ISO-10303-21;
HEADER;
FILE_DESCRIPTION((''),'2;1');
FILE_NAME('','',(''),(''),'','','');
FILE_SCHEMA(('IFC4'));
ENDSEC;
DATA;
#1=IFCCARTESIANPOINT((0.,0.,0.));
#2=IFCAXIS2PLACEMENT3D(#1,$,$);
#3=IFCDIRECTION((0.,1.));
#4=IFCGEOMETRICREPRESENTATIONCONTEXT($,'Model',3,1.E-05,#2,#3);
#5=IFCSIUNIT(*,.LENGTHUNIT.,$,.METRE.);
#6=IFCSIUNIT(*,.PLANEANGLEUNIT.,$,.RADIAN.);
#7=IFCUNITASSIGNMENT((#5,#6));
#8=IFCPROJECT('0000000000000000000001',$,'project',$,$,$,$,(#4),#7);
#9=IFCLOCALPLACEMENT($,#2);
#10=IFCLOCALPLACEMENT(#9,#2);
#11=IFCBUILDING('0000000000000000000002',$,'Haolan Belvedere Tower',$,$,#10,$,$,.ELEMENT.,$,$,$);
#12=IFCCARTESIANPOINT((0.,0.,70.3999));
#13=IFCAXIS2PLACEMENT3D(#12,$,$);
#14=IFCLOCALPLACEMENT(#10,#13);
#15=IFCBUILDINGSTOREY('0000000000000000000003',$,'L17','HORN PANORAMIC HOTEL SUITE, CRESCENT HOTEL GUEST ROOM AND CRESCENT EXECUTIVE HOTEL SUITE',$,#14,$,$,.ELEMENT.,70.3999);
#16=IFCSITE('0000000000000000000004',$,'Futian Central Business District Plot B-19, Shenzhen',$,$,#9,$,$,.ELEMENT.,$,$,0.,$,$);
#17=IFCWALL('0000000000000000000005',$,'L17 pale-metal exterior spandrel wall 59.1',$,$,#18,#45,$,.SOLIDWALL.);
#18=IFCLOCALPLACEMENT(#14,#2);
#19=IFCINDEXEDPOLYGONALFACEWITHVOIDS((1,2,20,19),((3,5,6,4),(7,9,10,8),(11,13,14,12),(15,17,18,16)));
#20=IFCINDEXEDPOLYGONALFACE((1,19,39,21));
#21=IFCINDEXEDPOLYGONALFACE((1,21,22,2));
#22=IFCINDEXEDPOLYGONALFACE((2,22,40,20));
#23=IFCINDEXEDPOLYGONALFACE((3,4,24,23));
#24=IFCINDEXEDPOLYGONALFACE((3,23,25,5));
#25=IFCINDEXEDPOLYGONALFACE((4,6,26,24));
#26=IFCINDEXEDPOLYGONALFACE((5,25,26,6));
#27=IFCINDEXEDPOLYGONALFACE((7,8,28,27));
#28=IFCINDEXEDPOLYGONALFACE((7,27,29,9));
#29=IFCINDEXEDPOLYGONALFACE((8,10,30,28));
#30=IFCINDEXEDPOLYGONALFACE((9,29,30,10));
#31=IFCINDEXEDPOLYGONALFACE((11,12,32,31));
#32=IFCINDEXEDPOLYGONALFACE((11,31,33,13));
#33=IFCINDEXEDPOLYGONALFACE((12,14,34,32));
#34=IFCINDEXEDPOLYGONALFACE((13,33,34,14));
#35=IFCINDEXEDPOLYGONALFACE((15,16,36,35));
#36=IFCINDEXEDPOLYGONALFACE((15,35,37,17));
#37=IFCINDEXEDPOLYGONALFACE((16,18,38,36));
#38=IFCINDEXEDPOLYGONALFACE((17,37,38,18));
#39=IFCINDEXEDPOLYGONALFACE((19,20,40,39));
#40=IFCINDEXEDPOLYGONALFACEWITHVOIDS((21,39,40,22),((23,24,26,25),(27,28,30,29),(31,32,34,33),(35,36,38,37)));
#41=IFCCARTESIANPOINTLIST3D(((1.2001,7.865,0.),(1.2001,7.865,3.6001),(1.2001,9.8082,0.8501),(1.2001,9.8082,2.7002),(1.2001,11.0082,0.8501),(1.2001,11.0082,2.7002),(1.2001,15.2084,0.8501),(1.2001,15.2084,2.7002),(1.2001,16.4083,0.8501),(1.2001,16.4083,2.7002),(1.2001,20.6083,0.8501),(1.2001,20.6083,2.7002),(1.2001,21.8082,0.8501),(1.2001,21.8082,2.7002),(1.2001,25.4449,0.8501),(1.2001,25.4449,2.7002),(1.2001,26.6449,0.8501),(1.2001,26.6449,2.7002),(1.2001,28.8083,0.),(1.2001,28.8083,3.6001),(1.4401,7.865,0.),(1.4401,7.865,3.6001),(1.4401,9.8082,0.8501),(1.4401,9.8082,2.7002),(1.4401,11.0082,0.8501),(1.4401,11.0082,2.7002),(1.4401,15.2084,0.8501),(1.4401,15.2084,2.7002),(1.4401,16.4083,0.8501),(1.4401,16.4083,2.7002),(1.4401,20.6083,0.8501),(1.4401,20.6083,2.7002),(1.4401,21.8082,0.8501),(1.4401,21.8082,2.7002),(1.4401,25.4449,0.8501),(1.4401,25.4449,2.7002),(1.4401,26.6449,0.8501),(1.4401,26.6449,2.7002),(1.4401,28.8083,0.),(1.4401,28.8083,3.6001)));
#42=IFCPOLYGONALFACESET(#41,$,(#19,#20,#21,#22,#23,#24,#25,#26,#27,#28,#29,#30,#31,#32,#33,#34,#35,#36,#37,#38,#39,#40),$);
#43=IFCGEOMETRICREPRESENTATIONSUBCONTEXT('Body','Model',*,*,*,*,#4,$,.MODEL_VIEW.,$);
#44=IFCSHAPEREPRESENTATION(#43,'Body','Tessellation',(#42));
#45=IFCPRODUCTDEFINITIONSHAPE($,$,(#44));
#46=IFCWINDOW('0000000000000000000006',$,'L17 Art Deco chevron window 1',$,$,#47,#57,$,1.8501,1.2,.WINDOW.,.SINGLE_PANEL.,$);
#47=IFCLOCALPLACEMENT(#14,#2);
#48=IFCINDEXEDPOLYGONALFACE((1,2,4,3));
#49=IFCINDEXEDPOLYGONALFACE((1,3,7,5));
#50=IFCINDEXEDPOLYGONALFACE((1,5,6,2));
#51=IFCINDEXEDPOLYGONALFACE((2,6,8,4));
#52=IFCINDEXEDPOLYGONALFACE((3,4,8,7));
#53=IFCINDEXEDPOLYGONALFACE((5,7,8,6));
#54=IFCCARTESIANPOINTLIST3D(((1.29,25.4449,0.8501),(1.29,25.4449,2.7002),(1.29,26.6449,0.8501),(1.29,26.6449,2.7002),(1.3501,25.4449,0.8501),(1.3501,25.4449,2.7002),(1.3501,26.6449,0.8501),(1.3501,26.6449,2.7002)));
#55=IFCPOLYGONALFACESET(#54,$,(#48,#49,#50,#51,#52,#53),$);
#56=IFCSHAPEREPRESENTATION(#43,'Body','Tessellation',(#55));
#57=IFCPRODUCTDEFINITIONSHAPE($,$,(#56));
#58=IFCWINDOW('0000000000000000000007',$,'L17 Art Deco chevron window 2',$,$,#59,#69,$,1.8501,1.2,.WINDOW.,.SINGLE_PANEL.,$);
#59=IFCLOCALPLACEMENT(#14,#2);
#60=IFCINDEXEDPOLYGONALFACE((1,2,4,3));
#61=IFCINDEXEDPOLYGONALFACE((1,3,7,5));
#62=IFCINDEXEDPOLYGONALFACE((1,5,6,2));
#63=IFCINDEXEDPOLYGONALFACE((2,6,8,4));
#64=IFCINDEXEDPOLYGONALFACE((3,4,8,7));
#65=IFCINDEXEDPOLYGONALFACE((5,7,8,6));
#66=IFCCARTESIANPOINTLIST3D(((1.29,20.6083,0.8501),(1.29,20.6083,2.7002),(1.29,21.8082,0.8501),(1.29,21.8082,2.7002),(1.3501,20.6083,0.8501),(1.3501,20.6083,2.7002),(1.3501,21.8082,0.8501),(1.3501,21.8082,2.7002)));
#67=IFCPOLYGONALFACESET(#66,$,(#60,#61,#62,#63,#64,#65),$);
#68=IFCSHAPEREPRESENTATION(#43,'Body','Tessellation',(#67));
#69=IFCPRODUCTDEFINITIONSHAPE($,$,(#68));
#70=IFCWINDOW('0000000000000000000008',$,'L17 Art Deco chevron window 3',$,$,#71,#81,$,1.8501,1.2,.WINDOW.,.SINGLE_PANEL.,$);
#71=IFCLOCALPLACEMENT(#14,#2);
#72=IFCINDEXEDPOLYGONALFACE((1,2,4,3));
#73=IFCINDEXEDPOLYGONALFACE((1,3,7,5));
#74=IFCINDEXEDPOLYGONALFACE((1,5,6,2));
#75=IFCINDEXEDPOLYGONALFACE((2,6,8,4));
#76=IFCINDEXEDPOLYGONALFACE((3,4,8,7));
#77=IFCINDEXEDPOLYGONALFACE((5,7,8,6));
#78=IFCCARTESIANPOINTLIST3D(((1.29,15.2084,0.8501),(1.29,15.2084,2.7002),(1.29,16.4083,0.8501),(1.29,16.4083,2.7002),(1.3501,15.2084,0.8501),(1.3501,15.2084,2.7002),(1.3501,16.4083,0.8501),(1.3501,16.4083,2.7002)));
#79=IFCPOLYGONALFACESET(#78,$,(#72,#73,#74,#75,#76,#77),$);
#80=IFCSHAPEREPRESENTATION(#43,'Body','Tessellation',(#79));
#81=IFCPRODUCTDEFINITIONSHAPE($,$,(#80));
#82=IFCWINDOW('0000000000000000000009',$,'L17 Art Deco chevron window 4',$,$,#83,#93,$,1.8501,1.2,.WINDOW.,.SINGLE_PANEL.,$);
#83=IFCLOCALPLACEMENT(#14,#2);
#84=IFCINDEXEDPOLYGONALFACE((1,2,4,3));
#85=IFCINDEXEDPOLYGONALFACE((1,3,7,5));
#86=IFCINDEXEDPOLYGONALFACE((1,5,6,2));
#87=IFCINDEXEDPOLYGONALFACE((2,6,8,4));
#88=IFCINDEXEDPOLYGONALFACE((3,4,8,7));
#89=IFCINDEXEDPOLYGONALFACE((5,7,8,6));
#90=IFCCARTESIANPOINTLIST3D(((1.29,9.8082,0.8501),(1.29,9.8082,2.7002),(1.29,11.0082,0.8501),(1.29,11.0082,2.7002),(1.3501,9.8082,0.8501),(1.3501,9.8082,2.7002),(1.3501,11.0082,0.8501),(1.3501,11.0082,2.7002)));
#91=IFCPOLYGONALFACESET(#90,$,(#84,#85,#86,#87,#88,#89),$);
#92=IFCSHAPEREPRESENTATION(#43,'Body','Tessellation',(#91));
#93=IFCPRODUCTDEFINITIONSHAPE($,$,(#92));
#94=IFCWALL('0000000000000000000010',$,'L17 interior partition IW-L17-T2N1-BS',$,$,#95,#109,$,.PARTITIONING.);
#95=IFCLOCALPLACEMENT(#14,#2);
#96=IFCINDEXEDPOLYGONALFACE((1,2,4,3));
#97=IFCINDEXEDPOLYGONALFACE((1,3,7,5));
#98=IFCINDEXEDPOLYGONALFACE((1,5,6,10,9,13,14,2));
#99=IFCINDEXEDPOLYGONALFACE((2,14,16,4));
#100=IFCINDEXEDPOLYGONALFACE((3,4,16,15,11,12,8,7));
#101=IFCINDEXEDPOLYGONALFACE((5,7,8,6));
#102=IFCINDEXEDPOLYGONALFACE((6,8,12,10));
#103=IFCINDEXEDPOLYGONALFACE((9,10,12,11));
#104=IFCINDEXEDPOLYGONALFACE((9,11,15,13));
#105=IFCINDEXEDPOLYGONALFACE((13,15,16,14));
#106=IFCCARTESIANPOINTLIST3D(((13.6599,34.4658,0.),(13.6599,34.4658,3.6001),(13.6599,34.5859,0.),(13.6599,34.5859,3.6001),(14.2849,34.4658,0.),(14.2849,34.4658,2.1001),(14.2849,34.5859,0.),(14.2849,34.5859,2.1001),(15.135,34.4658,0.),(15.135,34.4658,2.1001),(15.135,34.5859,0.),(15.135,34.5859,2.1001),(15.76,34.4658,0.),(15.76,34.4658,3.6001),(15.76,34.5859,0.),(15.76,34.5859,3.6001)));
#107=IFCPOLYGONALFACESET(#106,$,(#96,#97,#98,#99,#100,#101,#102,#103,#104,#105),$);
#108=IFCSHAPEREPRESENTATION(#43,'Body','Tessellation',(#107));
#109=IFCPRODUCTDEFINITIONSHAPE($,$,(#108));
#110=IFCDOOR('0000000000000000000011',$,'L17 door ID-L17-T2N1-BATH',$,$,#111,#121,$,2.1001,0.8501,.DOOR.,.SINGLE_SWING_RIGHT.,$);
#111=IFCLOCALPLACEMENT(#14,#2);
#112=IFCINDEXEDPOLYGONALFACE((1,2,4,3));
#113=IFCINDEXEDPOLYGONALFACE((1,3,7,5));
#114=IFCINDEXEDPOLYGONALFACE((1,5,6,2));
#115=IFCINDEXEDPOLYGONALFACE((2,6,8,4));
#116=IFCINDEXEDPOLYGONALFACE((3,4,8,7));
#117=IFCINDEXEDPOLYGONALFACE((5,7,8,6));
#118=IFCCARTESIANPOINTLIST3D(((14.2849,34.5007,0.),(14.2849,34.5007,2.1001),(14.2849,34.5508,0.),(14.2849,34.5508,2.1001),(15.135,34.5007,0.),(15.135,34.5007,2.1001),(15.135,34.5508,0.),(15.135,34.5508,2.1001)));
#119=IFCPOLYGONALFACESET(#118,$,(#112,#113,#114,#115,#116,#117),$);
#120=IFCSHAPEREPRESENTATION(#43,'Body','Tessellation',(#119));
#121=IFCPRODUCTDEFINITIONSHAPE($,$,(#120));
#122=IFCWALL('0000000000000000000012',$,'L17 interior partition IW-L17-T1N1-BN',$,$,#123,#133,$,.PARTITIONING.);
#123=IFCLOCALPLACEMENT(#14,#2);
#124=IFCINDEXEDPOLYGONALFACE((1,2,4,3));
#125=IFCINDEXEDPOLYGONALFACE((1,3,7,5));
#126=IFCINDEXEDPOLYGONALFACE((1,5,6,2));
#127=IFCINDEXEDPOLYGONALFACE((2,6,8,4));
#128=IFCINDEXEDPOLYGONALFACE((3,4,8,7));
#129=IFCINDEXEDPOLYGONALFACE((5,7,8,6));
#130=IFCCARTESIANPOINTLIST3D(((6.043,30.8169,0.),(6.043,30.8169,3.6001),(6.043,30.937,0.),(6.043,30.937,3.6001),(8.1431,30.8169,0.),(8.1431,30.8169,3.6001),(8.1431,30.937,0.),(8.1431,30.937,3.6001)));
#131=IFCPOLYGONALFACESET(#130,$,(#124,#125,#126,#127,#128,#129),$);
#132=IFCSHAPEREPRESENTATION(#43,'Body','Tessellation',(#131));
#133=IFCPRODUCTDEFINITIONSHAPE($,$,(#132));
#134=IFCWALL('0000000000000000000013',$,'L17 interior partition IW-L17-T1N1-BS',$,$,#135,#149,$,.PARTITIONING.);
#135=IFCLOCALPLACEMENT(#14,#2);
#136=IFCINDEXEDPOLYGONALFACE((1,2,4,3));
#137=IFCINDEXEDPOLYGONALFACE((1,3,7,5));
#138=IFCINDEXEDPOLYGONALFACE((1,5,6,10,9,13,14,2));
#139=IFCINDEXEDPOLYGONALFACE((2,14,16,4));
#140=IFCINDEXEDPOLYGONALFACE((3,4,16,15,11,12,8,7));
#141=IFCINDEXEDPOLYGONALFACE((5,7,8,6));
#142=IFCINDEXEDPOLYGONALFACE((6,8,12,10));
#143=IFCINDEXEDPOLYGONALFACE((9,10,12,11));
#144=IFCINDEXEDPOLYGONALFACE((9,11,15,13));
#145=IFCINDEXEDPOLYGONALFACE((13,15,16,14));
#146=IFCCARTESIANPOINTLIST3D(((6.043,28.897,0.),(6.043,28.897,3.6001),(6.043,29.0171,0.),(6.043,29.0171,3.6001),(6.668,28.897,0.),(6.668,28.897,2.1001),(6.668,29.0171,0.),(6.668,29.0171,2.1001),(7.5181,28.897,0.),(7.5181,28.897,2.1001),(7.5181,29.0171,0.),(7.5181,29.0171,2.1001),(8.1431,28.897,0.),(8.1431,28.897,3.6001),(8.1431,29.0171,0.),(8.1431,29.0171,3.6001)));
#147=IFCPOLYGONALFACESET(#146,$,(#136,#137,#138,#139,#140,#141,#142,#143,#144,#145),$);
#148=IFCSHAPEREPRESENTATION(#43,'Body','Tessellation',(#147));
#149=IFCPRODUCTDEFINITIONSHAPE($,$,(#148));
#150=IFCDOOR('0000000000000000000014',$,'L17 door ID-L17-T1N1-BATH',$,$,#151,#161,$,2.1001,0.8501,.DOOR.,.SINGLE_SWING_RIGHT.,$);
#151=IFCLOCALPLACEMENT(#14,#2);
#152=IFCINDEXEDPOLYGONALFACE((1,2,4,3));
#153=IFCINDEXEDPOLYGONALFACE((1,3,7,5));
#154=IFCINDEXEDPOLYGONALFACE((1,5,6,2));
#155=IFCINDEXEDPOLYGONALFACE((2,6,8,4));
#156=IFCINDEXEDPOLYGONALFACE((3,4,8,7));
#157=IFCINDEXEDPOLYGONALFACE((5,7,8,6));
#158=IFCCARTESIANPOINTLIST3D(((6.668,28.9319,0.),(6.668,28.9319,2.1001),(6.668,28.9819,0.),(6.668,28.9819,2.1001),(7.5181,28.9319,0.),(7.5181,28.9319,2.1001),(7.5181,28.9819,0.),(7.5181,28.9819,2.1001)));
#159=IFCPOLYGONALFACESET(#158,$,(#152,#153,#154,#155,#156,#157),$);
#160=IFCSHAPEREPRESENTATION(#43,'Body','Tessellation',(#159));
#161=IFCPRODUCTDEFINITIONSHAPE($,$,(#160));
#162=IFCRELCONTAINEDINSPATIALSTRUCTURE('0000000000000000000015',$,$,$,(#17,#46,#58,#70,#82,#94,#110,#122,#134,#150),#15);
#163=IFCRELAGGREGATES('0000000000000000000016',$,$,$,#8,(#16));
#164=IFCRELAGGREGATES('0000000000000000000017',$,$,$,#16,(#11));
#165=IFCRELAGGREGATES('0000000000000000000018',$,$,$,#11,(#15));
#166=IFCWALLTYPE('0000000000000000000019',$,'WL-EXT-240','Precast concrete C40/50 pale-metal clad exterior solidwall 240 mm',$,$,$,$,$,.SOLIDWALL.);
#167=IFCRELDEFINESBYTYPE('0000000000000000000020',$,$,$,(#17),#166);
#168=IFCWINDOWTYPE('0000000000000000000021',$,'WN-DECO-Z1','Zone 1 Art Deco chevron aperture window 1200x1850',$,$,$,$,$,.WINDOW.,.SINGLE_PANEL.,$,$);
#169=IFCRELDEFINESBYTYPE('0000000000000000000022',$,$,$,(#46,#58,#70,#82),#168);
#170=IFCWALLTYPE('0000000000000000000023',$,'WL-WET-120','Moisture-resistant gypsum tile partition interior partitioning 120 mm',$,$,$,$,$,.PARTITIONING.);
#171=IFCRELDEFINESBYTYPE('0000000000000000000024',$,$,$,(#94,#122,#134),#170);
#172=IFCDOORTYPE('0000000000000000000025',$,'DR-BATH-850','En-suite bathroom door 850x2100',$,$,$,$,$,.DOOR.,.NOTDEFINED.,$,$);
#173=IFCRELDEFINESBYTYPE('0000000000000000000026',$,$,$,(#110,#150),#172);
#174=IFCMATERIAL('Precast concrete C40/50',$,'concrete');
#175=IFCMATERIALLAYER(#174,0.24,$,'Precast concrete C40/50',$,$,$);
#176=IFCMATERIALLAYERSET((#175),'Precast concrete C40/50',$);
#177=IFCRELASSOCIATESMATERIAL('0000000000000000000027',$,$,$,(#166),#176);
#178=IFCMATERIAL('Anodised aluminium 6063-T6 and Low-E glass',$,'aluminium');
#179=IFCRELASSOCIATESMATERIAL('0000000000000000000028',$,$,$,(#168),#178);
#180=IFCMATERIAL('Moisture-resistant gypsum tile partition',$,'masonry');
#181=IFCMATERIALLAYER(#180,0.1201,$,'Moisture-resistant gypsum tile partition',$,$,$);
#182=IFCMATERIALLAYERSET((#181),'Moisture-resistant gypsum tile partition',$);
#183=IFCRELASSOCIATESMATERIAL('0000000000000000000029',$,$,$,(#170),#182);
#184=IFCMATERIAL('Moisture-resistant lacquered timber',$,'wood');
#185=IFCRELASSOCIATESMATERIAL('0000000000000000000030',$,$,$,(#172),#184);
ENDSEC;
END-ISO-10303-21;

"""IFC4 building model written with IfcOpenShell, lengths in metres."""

from ifc_helpers import new_model, si_unit, direction, frame, frame_2d, origin, place, context, subcontext, project, spatial, rectangle, extrude, material, layer, layer_set, type_object, element, fill, save


model = new_model("IFC4")

# Units and contexts
model_context = context("Model", 3, precision=1e-05, world=origin(), true_north=direction((0.0, 1.0)))
body_context = subcontext(model_context, "Body", "Model", "MODEL_VIEW")
ifc_project = project(units=[si_unit("LENGTHUNIT", "METRE"), si_unit("PLANEANGLEUNIT", "RADIAN")], contexts=[model_context])

# Site, building, storey
site_placement = place(None, origin())
site = spatial("IfcSite", under=ifc_project, at=site_placement, Name="Futian Central Business District Plot B-19, Shenzhen", CompositionType="ELEMENT", RefElevation=0.0)
building_placement = place(site_placement, origin())
building = spatial("IfcBuilding", under=site, at=building_placement, Name="Haolan Belvedere Tower", CompositionType="ELEMENT")
storey_placement = place(building_placement, frame((0.0, 0.0, 70.3999)))
storey = spatial("IfcBuildingStorey", under=building, at=storey_placement, Name="L17", Description="HORN PANORAMIC HOTEL SUITE, CRESCENT HOTEL GUEST ROOM AND CRESCENT EXECUTIVE HOTEL SUITE", CompositionType="ELEMENT", Elevation=70.3999)

# Shared definitions
ifc_material_1 = material(Name="Precast concrete C40/50", Category="concrete")
ifc_layer_1 = layer(ifc_material_1, 0.24, Name="Precast concrete C40/50")
ifc_layer_set_1 = layer_set([ifc_layer_1], Name="Precast concrete C40/50")
wall_type_1 = type_object("IfcWallType", Name="WL-EXT-240", Description="Precast concrete C40/50 pale-metal clad exterior solidwall 240 mm", PredefinedType="SOLIDWALL", material=ifc_layer_set_1)

# Shared definitions
ifc_material_2 = material(Name="Anodised aluminium 6063-T6 and Low-E glass", Category="aluminium")
window_type = type_object("IfcWindowType", Name="WN-DECO-Z1", Description="Zone 1 Art Deco chevron aperture window 1200x1850", PartitioningType="SINGLE_PANEL", PredefinedType="WINDOW", material=ifc_material_2)

# Wall, openings, windows
wall_1_placement = place(storey_placement, frame((1.3201, 28.8083, 0.0), z_axis=(0.0, 0.0, 1.0), x_axis=(0.0, -1.0, 0.0)))
wall_1 = element("IfcWall", 1, at=wall_1_placement, inside=storey, type_object=wall_type_1, Name="L17 pale-metal exterior spandrel wall 59.1", PredefinedType="SOLIDWALL", context=body_context, shape_type="SweptSolid", body=[
    extrude(rectangle(XDim=20.9434, YDim=0.24, at=frame_2d((10.4717, 0.0))), origin(), (0.0, 0.0, 1.0), 3.6001),
])
opening_1_placement = place(wall_1_placement, frame((2.1633, 0.0, 0.8501)))
opening_1 = element("IfcOpeningElement", 2, at=opening_1_placement, cuts=wall_1, PredefinedType="OPENING", context=body_context, shape_type="SweptSolid", body=[
    extrude(rectangle(XDim=1.2, YDim=1.8501, at=frame_2d((0.6001, 0.925))), frame((0.0, 0.1299, 0.0), z_axis=(0.0, -1.0, 0.0), x_axis=(1.0, 0.0, 0.0)), (0.0, 0.0, 1.0), 0.26),
])
opening_2_placement = place(wall_1_placement, frame((7.0, 0.0, 0.8501)))
opening_2 = element("IfcOpeningElement", 3, at=opening_2_placement, cuts=wall_1, PredefinedType="OPENING", context=body_context, shape_type="SweptSolid", body=[
    extrude(rectangle(XDim=1.2, YDim=1.8501, at=frame_2d((0.6001, 0.925))), frame((0.0, 0.1299, 0.0), z_axis=(0.0, -1.0, 0.0), x_axis=(1.0, 0.0, 0.0)), (0.0, 0.0, 1.0), 0.26),
])
opening_3_placement = place(wall_1_placement, frame((12.3999, 0.0, 0.8501)))
opening_3 = element("IfcOpeningElement", 4, at=opening_3_placement, cuts=wall_1, PredefinedType="OPENING", context=body_context, shape_type="SweptSolid", body=[
    extrude(rectangle(XDim=1.2, YDim=1.8501, at=frame_2d((0.6001, 0.925))), frame((0.0, 0.1299, 0.0), z_axis=(0.0, -1.0, 0.0), x_axis=(1.0, 0.0, 0.0)), (0.0, 0.0, 1.0), 0.26),
])
opening_4_placement = place(wall_1_placement, frame((17.8, 0.0, 0.8501)))
opening_4 = element("IfcOpeningElement", 5, at=opening_4_placement, cuts=wall_1, PredefinedType="OPENING", context=body_context, shape_type="SweptSolid", body=[
    extrude(rectangle(XDim=1.2, YDim=1.8501, at=frame_2d((0.6001, 0.925))), frame((0.0, 0.1299, 0.0), z_axis=(0.0, -1.0, 0.0), x_axis=(1.0, 0.0, 0.0)), (0.0, 0.0, 1.0), 0.26),
])
window_1_placement = place(opening_1_placement, origin())
window_1 = element("IfcWindow", 6, at=window_1_placement, inside=storey, type_object=window_type, Name="L17 Art Deco chevron window 1", OverallHeight=1.8501, OverallWidth=1.2, PartitioningType="SINGLE_PANEL", PredefinedType="WINDOW", context=body_context, shape_type="SweptSolid", body=[
    extrude(rectangle(XDim=1.2, YDim=1.8501, at=frame_2d((0.6001, 0.925))), frame((0.0, 0.03, 0.0), z_axis=(0.0, -1.0, 0.0), x_axis=(1.0, 0.0, 0.0)), (0.0, 0.0, 1.0), 0.0601),
])
fill(opening_1, window_1)
window_2_placement = place(opening_2_placement, origin())
window_2 = element("IfcWindow", 7, at=window_2_placement, inside=storey, type_object=window_type, Name="L17 Art Deco chevron window 2", OverallHeight=1.8501, OverallWidth=1.2, PartitioningType="SINGLE_PANEL", PredefinedType="WINDOW", context=body_context, shape_type="SweptSolid", body=[
    extrude(rectangle(XDim=1.2, YDim=1.8501, at=frame_2d((0.6001, 0.925))), frame((0.0, 0.03, 0.0), z_axis=(0.0, -1.0, 0.0), x_axis=(1.0, 0.0, 0.0)), (0.0, 0.0, 1.0), 0.0601),
])
fill(opening_2, window_2)
window_3_placement = place(opening_3_placement, origin())
window_3 = element("IfcWindow", 8, at=window_3_placement, inside=storey, type_object=window_type, Name="L17 Art Deco chevron window 3", OverallHeight=1.8501, OverallWidth=1.2, PartitioningType="SINGLE_PANEL", PredefinedType="WINDOW", context=body_context, shape_type="SweptSolid", body=[
    extrude(rectangle(XDim=1.2, YDim=1.8501, at=frame_2d((0.6001, 0.925))), frame((0.0, 0.03, 0.0), z_axis=(0.0, -1.0, 0.0), x_axis=(1.0, 0.0, 0.0)), (0.0, 0.0, 1.0), 0.0601),
])
fill(opening_3, window_3)
window_4_placement = place(opening_4_placement, origin())
window_4 = element("IfcWindow", 9, at=window_4_placement, inside=storey, type_object=window_type, Name="L17 Art Deco chevron window 4", OverallHeight=1.8501, OverallWidth=1.2, PartitioningType="SINGLE_PANEL", PredefinedType="WINDOW", context=body_context, shape_type="SweptSolid", body=[
    extrude(rectangle(XDim=1.2, YDim=1.8501, at=frame_2d((0.6001, 0.925))), frame((0.0, 0.03, 0.0), z_axis=(0.0, -1.0, 0.0), x_axis=(1.0, 0.0, 0.0)), (0.0, 0.0, 1.0), 0.0601),
])
fill(opening_4, window_4)

# Wall, opening, door
ifc_material_3 = material(Name="Moisture-resistant gypsum tile partition", Category="masonry")
ifc_layer_2 = layer(ifc_material_3, 0.1201, Name="Moisture-resistant gypsum tile partition")
ifc_layer_set_2 = layer_set([ifc_layer_2], Name="Moisture-resistant gypsum tile partition")
wall_type_2 = type_object("IfcWallType", Name="WL-WET-120", Description="Moisture-resistant gypsum tile partition interior partitioning 120 mm", PredefinedType="PARTITIONING", material=ifc_layer_set_2)
wall_2_placement = place(storey_placement, frame((13.6599, 34.5259, 0.0), z_axis=(0.0, 0.0, 1.0), x_axis=(1.0, 0.0, 0.0)))
wall_2 = element("IfcWall", 10, at=wall_2_placement, inside=storey, type_object=wall_type_2, Name="L17 interior partition IW-L17-T2N1-BS", PredefinedType="PARTITIONING", context=body_context, shape_type="SweptSolid", body=[
    extrude(rectangle(XDim=2.1001, YDim=0.1201, at=frame_2d((1.05, 0.0))), origin(), (0.0, 0.0, 1.0), 3.6001),
])
opening_5_placement = place(wall_2_placement, frame((0.625, 0.0, 0.0)))
opening_5 = element("IfcOpeningElement", 11, at=opening_5_placement, cuts=wall_2, PredefinedType="OPENING", context=body_context, shape_type="SweptSolid", body=[
    extrude(rectangle(XDim=0.8501, YDim=2.1001, at=frame_2d((0.425, 1.05))), frame((0.0, 0.0701, 0.0), z_axis=(0.0, -1.0, 0.0), x_axis=(1.0, 0.0, 0.0)), (0.0, 0.0, 1.0), 0.1401),
])
ifc_material_4 = material(Name="Moisture-resistant lacquered timber", Category="wood")
door_type = type_object("IfcDoorType", Name="DR-BATH-850", Description="En-suite bathroom door 850x2100", OperationType="NOTDEFINED", PredefinedType="DOOR", material=ifc_material_4)
door_1_placement = place(opening_5_placement, origin())
door_1 = element("IfcDoor", 12, at=door_1_placement, inside=storey, type_object=door_type, Name="L17 door ID-L17-T2N1-BATH", OperationType="SINGLE_SWING_RIGHT", OverallHeight=2.1001, OverallWidth=0.8501, PredefinedType="DOOR", context=body_context, shape_type="SweptSolid", body=[
    extrude(rectangle(XDim=0.8501, YDim=2.1001, at=frame_2d((0.425, 1.05))), frame((0.0, 0.0249, 0.0), z_axis=(0.0, -1.0, 0.0), x_axis=(1.0, 0.0, 0.0)), (0.0, 0.0, 1.0), 0.05),
])
fill(opening_5, door_1)

# Wall
wall_3_placement = place(storey_placement, frame((6.043, 30.877, 0.0), z_axis=(0.0, 0.0, 1.0), x_axis=(1.0, 0.0, 0.0)))
element("IfcWall", 13, at=wall_3_placement, inside=storey, type_object=wall_type_2, Name="L17 interior partition IW-L17-T1N1-BN", PredefinedType="PARTITIONING", context=body_context, shape_type="SweptSolid", body=[
    extrude(rectangle(XDim=2.1001, YDim=0.1201, at=frame_2d((1.05, 0.0))), origin(), (0.0, 0.0, 1.0), 3.6001),
])

# Wall, opening, door
wall_4_placement = place(storey_placement, frame((6.043, 28.957, 0.0), z_axis=(0.0, 0.0, 1.0), x_axis=(1.0, 0.0, 0.0)))
wall_4 = element("IfcWall", 14, at=wall_4_placement, inside=storey, type_object=wall_type_2, Name="L17 interior partition IW-L17-T1N1-BS", PredefinedType="PARTITIONING", context=body_context, shape_type="SweptSolid", body=[
    extrude(rectangle(XDim=2.1001, YDim=0.1201, at=frame_2d((1.05, 0.0))), origin(), (0.0, 0.0, 1.0), 3.6001),
])
opening_6_placement = place(wall_4_placement, frame((0.625, 0.0, 0.0)))
opening_6 = element("IfcOpeningElement", 15, at=opening_6_placement, cuts=wall_4, PredefinedType="OPENING", context=body_context, shape_type="SweptSolid", body=[
    extrude(rectangle(XDim=0.8501, YDim=2.1001, at=frame_2d((0.425, 1.05))), frame((0.0, 0.0701, 0.0), z_axis=(0.0, -1.0, 0.0), x_axis=(1.0, 0.0, 0.0)), (0.0, 0.0, 1.0), 0.1401),
])
door_2_placement = place(opening_6_placement, origin())
door_2 = element("IfcDoor", 16, at=door_2_placement, inside=storey, type_object=door_type, Name="L17 door ID-L17-T1N1-BATH", OperationType="SINGLE_SWING_RIGHT", OverallHeight=2.1001, OverallWidth=0.8501, PredefinedType="DOOR", context=body_context, shape_type="SweptSolid", body=[
    extrude(rectangle(XDim=0.8501, YDim=2.1001, at=frame_2d((0.425, 1.05))), frame((0.0, 0.0249, 0.0), z_axis=(0.0, -1.0, 0.0), x_axis=(1.0, 0.0, 0.0)), (0.0, 0.0, 1.0), 0.05),
])
fill(opening_6, door_2)

save(model, "model.ifc")
